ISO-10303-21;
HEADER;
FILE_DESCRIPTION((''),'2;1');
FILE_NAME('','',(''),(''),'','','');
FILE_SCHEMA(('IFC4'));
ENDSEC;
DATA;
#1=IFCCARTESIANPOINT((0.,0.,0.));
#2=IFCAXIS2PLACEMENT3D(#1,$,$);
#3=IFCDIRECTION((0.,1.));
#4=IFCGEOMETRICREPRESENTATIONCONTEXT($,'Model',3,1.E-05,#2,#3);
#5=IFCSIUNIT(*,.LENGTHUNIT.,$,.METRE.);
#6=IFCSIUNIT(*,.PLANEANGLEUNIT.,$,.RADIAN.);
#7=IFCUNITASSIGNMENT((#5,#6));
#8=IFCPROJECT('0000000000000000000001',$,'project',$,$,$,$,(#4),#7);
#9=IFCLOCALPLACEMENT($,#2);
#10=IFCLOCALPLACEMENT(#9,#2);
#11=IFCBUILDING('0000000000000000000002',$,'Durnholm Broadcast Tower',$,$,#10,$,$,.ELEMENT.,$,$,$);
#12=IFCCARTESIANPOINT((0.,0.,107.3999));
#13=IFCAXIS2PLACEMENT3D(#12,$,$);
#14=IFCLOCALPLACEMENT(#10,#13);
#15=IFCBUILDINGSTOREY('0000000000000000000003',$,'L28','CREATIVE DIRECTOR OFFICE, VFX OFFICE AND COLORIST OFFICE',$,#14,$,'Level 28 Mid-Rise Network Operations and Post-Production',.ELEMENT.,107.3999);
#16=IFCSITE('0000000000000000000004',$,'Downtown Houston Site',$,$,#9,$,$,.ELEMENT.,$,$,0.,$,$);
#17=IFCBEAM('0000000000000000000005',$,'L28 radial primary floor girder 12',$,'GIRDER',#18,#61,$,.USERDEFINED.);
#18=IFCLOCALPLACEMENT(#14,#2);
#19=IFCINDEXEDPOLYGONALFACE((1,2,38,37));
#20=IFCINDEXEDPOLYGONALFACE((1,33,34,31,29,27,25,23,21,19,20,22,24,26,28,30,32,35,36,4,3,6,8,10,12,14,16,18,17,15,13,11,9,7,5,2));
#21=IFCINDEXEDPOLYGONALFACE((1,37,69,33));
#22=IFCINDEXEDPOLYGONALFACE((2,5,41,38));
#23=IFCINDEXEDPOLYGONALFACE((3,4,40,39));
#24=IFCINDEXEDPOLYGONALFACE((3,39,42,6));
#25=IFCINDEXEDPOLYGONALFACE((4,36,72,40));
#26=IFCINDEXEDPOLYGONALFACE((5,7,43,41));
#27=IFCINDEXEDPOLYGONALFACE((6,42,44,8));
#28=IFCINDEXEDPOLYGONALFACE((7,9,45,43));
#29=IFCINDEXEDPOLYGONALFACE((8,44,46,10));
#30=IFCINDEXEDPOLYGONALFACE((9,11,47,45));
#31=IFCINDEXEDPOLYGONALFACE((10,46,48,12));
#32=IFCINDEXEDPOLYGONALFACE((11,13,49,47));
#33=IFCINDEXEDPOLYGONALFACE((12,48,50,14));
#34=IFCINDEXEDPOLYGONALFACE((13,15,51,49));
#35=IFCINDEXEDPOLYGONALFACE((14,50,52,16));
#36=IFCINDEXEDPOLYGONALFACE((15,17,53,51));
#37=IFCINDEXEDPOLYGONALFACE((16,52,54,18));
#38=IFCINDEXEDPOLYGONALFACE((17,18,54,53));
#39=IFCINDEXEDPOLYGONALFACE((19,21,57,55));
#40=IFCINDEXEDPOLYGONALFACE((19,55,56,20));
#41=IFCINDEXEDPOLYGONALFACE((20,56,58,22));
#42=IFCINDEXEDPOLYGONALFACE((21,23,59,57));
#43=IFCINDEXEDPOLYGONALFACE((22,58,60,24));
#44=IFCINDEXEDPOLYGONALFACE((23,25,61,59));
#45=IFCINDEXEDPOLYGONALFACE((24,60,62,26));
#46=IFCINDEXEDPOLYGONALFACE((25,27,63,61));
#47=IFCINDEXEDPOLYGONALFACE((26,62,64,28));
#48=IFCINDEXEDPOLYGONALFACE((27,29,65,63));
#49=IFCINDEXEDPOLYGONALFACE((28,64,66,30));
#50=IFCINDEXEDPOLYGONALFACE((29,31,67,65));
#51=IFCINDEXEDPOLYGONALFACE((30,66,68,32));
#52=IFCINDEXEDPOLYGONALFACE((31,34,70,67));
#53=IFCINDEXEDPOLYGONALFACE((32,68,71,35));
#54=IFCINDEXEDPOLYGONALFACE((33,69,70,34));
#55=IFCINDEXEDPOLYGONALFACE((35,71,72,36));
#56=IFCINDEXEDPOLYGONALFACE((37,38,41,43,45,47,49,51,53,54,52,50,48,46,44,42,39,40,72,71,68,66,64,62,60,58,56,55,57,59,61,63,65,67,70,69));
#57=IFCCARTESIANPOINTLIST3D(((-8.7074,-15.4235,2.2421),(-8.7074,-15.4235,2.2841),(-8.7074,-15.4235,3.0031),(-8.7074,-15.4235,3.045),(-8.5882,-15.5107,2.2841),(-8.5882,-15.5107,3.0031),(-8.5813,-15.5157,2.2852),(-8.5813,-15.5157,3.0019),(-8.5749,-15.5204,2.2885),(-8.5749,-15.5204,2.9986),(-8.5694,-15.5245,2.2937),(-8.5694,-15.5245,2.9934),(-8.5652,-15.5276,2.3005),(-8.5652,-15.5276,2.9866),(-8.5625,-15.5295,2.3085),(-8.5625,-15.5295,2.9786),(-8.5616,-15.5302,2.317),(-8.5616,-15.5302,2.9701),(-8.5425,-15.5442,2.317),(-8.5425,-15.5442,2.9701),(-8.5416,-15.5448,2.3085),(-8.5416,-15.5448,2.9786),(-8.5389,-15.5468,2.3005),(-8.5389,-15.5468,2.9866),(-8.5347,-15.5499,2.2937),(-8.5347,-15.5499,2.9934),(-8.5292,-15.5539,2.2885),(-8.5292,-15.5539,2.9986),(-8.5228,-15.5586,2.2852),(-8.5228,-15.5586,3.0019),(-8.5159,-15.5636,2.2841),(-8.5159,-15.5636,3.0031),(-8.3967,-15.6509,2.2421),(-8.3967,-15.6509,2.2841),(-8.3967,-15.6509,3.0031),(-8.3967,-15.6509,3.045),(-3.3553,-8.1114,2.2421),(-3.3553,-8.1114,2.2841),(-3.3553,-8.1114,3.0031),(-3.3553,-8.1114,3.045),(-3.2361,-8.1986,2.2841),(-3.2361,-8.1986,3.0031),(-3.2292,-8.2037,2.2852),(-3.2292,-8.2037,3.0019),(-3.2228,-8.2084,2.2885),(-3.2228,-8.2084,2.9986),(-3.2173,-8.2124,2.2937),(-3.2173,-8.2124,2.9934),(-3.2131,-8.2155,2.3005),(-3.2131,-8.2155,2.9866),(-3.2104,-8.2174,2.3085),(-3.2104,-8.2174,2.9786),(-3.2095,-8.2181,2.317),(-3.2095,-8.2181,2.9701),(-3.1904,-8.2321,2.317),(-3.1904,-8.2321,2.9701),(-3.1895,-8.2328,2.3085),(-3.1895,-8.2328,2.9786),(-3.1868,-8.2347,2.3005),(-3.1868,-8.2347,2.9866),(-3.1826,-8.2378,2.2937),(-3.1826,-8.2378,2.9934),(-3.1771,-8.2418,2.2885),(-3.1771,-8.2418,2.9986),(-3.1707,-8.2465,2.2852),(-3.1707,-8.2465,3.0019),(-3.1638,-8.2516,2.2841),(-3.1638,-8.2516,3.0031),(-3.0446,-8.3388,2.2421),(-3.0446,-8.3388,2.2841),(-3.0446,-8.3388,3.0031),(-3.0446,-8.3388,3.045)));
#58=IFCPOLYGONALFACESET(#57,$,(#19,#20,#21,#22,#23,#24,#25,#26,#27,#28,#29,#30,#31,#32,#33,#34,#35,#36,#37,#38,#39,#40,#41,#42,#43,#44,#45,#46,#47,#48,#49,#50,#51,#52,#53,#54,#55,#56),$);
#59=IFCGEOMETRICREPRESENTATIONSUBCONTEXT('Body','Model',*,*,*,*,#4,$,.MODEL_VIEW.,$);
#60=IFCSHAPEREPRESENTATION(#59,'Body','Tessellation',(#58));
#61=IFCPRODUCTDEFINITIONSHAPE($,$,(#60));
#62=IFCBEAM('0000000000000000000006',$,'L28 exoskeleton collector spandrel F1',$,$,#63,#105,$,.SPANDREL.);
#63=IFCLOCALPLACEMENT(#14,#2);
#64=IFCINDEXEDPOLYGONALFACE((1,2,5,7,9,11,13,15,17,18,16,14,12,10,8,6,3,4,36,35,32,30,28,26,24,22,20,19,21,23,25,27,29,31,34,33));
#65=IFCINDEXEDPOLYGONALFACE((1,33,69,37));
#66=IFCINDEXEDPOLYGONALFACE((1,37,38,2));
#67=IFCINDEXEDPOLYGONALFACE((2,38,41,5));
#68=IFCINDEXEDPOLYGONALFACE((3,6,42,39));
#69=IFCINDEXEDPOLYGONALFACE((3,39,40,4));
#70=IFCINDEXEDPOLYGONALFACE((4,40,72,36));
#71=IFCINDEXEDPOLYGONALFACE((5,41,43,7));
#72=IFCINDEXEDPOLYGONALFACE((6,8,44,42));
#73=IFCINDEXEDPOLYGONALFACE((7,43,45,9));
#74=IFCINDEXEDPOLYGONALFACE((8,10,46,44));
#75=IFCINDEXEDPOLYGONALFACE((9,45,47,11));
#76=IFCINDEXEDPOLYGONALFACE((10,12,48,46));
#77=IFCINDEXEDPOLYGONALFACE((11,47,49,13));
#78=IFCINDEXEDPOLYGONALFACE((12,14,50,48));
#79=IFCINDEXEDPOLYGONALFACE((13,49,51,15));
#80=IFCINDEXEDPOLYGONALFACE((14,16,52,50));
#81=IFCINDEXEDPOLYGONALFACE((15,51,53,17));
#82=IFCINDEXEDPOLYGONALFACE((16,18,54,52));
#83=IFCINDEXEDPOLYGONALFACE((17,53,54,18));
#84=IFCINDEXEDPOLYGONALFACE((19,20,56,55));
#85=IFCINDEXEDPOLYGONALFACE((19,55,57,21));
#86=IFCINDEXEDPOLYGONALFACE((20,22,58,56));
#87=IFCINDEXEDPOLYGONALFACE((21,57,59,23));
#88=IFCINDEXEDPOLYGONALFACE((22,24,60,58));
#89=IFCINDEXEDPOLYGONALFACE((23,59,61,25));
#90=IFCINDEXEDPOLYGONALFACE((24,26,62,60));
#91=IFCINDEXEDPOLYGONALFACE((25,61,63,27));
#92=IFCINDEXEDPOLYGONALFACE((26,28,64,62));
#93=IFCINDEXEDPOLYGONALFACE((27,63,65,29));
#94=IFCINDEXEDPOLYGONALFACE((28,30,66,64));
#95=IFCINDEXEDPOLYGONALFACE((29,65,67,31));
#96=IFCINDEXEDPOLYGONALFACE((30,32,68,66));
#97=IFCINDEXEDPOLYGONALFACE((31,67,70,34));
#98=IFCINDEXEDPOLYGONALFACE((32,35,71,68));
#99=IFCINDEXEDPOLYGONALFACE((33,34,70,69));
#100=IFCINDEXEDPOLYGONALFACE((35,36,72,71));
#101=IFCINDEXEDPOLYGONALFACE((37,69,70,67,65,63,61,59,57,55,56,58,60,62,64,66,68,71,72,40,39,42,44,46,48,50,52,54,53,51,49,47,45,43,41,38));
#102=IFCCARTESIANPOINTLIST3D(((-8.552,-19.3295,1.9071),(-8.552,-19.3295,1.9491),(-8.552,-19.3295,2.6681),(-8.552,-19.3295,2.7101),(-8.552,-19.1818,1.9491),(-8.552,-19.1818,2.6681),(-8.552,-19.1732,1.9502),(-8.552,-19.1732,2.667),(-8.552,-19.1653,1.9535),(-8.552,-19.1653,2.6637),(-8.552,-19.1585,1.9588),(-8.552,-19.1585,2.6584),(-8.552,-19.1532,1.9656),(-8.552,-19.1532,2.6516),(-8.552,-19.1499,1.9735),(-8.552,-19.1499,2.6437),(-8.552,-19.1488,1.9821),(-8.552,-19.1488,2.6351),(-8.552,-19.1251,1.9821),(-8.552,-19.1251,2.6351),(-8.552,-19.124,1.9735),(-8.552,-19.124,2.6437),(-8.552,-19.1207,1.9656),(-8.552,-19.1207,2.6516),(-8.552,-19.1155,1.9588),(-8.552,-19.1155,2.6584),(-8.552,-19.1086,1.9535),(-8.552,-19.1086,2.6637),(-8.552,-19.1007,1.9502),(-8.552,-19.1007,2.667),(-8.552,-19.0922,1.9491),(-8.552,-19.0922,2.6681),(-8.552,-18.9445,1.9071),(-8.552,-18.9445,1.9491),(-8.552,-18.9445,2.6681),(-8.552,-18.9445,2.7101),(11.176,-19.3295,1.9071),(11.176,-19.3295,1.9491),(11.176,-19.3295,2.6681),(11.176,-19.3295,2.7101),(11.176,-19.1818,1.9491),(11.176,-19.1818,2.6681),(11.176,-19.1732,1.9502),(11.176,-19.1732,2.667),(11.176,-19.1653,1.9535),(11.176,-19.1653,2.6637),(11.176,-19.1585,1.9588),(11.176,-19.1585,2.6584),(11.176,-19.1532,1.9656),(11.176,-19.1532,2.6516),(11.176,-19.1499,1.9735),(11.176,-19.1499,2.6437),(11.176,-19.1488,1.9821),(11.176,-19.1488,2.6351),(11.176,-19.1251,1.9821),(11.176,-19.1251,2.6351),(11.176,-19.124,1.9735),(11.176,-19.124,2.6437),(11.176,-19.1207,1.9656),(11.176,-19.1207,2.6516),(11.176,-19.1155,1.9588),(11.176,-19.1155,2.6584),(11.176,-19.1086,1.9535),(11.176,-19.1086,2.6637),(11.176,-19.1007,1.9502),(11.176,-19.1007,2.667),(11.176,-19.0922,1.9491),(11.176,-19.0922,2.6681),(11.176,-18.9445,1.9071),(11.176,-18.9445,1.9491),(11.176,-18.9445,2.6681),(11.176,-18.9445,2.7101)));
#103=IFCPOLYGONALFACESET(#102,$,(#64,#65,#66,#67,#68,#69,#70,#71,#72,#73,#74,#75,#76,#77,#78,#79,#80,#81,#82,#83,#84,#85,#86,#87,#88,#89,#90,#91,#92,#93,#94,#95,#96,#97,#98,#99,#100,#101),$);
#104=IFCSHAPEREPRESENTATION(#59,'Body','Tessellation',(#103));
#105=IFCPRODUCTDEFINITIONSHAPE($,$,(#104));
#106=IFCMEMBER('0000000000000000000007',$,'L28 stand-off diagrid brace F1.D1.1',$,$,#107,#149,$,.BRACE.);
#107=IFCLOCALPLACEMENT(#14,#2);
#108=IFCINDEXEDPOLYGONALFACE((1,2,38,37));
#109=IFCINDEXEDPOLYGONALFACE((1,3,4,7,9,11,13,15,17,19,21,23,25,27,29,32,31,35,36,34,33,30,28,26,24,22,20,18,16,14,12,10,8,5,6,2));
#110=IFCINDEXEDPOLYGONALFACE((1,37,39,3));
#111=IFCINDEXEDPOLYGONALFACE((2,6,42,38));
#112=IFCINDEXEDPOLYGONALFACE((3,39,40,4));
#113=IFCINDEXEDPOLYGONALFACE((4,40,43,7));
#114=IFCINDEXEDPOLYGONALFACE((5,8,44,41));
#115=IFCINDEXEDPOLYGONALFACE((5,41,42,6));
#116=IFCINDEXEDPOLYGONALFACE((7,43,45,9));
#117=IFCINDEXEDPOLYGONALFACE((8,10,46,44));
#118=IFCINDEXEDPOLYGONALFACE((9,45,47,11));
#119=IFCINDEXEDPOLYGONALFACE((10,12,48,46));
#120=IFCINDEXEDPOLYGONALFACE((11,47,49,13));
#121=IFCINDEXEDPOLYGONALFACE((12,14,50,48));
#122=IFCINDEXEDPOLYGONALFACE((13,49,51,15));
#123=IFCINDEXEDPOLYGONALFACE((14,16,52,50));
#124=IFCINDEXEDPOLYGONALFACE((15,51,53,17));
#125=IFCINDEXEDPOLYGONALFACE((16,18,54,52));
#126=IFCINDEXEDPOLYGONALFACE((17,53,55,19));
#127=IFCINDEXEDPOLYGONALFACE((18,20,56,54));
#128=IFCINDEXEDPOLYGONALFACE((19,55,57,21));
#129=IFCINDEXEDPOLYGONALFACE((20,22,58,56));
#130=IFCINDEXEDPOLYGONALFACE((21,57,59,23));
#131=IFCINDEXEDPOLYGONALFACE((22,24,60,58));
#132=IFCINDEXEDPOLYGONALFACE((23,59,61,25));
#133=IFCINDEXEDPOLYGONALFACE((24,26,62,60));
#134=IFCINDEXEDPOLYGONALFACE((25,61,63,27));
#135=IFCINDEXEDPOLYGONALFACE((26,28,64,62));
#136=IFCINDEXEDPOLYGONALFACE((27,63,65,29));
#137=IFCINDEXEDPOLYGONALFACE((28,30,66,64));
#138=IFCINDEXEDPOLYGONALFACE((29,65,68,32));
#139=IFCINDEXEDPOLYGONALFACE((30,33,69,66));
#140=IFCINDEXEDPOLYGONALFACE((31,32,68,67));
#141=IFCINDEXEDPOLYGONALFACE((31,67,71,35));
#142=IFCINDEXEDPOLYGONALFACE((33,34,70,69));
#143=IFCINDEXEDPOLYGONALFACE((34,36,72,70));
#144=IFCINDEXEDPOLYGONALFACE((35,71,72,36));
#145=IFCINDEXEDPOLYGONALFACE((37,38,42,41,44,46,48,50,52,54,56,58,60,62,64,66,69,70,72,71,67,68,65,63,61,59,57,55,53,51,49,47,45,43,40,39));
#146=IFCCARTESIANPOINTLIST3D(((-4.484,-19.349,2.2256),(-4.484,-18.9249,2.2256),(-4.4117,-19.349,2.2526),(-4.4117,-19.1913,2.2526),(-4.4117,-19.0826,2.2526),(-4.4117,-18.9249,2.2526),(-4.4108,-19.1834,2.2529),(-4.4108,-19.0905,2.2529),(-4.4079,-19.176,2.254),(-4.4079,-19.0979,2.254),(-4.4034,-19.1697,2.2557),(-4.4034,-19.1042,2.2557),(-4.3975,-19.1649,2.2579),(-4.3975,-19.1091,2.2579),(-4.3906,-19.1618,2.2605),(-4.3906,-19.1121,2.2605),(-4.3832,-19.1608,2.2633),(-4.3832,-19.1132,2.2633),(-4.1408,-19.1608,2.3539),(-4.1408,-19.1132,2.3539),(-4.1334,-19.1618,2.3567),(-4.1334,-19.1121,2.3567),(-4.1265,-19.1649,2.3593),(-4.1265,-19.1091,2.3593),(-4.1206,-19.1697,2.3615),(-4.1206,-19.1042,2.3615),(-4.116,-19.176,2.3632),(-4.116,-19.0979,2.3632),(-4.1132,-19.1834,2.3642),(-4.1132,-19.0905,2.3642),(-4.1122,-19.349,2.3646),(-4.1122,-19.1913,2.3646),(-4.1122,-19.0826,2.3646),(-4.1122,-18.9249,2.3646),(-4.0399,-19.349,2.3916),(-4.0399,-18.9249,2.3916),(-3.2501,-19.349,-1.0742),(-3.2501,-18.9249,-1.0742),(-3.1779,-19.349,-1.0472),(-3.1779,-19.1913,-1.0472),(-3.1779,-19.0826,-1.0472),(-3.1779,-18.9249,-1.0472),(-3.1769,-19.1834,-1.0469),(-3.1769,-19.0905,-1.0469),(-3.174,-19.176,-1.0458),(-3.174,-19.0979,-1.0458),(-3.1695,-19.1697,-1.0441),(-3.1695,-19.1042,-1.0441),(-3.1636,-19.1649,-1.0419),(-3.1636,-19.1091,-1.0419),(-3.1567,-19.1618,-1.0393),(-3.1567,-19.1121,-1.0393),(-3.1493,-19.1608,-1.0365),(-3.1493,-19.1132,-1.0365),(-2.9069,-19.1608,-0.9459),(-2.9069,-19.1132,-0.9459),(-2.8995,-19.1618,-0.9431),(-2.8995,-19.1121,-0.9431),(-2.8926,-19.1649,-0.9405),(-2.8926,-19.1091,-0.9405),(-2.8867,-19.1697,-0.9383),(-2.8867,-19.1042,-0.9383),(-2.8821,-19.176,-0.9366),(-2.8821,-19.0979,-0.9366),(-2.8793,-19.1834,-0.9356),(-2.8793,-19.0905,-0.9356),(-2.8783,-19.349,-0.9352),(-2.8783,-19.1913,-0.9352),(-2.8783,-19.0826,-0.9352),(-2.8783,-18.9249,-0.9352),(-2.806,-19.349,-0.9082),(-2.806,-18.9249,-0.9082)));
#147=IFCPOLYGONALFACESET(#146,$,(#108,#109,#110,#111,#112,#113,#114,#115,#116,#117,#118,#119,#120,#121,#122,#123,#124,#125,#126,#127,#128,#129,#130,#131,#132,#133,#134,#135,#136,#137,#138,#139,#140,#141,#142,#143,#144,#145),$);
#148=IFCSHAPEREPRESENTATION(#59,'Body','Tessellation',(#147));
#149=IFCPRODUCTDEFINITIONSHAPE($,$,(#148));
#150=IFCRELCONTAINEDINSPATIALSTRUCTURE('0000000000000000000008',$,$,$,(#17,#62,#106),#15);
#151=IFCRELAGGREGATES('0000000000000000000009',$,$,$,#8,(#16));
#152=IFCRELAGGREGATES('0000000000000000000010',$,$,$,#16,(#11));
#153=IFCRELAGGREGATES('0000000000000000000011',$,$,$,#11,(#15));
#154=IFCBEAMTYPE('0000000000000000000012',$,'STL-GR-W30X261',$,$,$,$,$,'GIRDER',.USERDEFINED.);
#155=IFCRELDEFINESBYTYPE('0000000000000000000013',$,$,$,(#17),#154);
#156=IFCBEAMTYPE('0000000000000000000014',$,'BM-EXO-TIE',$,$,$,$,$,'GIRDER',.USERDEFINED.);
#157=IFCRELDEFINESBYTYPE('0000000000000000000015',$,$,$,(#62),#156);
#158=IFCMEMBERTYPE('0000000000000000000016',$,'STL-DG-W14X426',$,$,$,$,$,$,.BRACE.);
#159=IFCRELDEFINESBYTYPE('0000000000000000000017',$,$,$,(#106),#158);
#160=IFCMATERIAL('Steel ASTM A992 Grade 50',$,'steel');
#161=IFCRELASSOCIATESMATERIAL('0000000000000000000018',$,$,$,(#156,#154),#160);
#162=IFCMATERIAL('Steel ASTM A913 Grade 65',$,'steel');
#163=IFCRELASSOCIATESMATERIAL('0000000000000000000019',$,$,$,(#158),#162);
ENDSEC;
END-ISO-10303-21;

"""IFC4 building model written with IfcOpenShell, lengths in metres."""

from ifc_helpers import new_model, si_unit, direction, frame, origin, origin_2d, place, context, subcontext, project, spatial, i_section, extrude, source, transform, mapped, material, material_profile, profile_set, type_object, type_shapes, element, save


model = new_model("IFC4")

# Units and contexts
model_context = context("Model", 3, precision=1e-05, world=origin(), true_north=direction((0.0, 1.0)))
body_context = subcontext(model_context, "Body", "Model", "MODEL_VIEW")
ifc_project = project(units=[si_unit("LENGTHUNIT", "METRE"), si_unit("PLANEANGLEUNIT", "RADIAN")], contexts=[model_context])

# Site, building, storey
site_placement = place(None, origin())
site = spatial("IfcSite", under=ifc_project, at=site_placement, Name="Downtown Houston Site", CompositionType="ELEMENT", RefElevation=0.0)
building_placement = place(site_placement, origin())
building = spatial("IfcBuilding", under=site, at=building_placement, Name="Durnholm Broadcast Tower", CompositionType="ELEMENT")
storey_placement = place(building_placement, frame((0.0, 0.0, 107.3999)))
storey = spatial("IfcBuildingStorey", under=building, at=storey_placement, Name="L28", Description="CREATIVE DIRECTOR OFFICE, VFX OFFICE AND COLORIST OFFICE", LongName="Level 28 Mid-Rise Network Operations and Post-Production", CompositionType="ELEMENT", Elevation=107.3999)

# Beams
ifc_material_1 = material(Name="Steel ASTM A992 Grade 50", Category="steel")
ifc_material_profile_1 = material_profile(ifc_material_1, i_section(OverallWidth=0.385, OverallDepth=0.803, WebThickness=0.0237, FlangeThickness=0.042, FilletRadius=0.033, at=origin_2d()), Name="W30X261")
ifc_profile_set_1 = profile_set([ifc_material_profile_1], Name="Steel ASTM A992 Grade 50")
beam_type_1 = type_object("IfcBeamType", Name="BM-EXO-TIE", ElementType="GIRDER", PredefinedType="USERDEFINED", material=ifc_profile_set_1)
ifc_material_profile_2 = material_profile(ifc_material_1, i_section(OverallWidth=0.385, OverallDepth=0.803, WebThickness=0.0237, FlangeThickness=0.042, FilletRadius=0.033, at=origin_2d()), Name="W30X261")
ifc_profile_set_2 = profile_set([ifc_material_profile_2], Name="Steel ASTM A992 Grade 50")
beam_type_2 = type_object("IfcBeamType", Name="STL-GR-W30X261", ElementType="GIRDER", PredefinedType="USERDEFINED", material=ifc_profile_set_2)
shared_shape_1 = source(origin(), body_context, "Body", "SweptSolid", [
    extrude(i_section(OverallWidth=0.385, OverallDepth=0.803, WebThickness=0.0237, FlangeThickness=0.042, FilletRadius=0.033, at=origin_2d()), origin(), (0.0, 0.0, 1.0), 9.0615),
])
beam_1_placement = place(storey_placement, frame((-3.2, -8.2251, 2.6436), z_axis=(-0.590639, -0.806936, 0.0), x_axis=(0.806936, -0.590639, 0.0)))
element("IfcBeam", 1, at=beam_1_placement, inside=storey, type_object=beam_type_2, Name="L28 radial primary floor girder 12", ObjectType="GIRDER", PredefinedType="USERDEFINED", context=body_context, shape_type="MappedRepresentation", body=[
    mapped(shared_shape_1, transform((0.0, 0.0, 0.0), x_axis=(1.0, 0.0, 0.0), y_axis=(0.0, 1.0, 0.0), z_axis=(0.0, 0.0, 1.0), scale=1.0)),
])
shared_shape_2 = source(origin(), body_context, "Body", "SweptSolid", [
    extrude(i_section(OverallWidth=0.385, OverallDepth=0.803, WebThickness=0.0237, FlangeThickness=0.042, FilletRadius=0.033, at=origin_2d()), origin(), (0.0, 0.0, 1.0), 19.728),
])
beam_2_placement = place(storey_placement, frame((-8.552, -19.137, 2.3086), z_axis=(1.0, 0.0, 0.0), x_axis=(0.0, 1.0, 0.0)))
element("IfcBeam", 2, at=beam_2_placement, inside=storey, type_object=beam_type_1, Name="L28 exoskeleton collector spandrel F1", PredefinedType="SPANDREL", context=body_context, shape_type="MappedRepresentation", body=[
    mapped(shared_shape_2, transform((0.0, 0.0, 0.0), x_axis=(1.0, 0.0, 0.0), y_axis=(0.0, 1.0, 0.0), z_axis=(0.0, 0.0, 1.0), scale=1.0)),
])

# Member
ifc_material_2 = material(Name="Steel ASTM A913 Grade 65", Category="steel")
ifc_material_profile_3 = material_profile(ifc_material_2, i_section(OverallWidth=0.4241, OverallDepth=0.4741, WebThickness=0.0476, FlangeThickness=0.0771, FilletRadius=0.0305, at=origin_2d()), Name="W14X426")
ifc_profile_set_3 = profile_set([ifc_material_profile_3], Name="Steel ASTM A913 Grade 65")
member_type_1 = type_object("IfcMemberType", Name="STL-DG-W14X426", PredefinedType="BRACE", material=ifc_profile_set_3)
shared_shape_3 = source(origin(), body_context, "Body", "SweptSolid", [
    extrude(i_section(OverallWidth=0.4241, OverallDepth=0.4741, WebThickness=0.0476, FlangeThickness=0.0771, FilletRadius=0.0305, at=origin_2d()), origin(), (0.0, 0.0, 1.0), 3.5229),
])
type_shapes(member_type_1, [shared_shape_3])
for number, where, z_axis, x_axis, name in (
    (3, (-3.0281, -19.137, -0.9912), (-0.350242, 0.0, 0.936659), (0.0, -1.0, 0.0), "L28 stand-off diagrid brace F1.D1.1"),
):
    element("IfcMember", number, at=place(storey_placement, frame(where, z_axis=z_axis, x_axis=x_axis)), inside=storey, type_object=member_type_1, Name=name, PredefinedType="BRACE", context=body_context, shape_type="MappedRepresentation", body=[
        mapped(shared_shape_3, transform((0.0, 0.0, 0.0), x_axis=(1.0, 0.0, 0.0), y_axis=(0.0, 1.0, 0.0), z_axis=(0.0, 0.0, 1.0), scale=1.0)),
    ])

save(model, "model.ifc")
